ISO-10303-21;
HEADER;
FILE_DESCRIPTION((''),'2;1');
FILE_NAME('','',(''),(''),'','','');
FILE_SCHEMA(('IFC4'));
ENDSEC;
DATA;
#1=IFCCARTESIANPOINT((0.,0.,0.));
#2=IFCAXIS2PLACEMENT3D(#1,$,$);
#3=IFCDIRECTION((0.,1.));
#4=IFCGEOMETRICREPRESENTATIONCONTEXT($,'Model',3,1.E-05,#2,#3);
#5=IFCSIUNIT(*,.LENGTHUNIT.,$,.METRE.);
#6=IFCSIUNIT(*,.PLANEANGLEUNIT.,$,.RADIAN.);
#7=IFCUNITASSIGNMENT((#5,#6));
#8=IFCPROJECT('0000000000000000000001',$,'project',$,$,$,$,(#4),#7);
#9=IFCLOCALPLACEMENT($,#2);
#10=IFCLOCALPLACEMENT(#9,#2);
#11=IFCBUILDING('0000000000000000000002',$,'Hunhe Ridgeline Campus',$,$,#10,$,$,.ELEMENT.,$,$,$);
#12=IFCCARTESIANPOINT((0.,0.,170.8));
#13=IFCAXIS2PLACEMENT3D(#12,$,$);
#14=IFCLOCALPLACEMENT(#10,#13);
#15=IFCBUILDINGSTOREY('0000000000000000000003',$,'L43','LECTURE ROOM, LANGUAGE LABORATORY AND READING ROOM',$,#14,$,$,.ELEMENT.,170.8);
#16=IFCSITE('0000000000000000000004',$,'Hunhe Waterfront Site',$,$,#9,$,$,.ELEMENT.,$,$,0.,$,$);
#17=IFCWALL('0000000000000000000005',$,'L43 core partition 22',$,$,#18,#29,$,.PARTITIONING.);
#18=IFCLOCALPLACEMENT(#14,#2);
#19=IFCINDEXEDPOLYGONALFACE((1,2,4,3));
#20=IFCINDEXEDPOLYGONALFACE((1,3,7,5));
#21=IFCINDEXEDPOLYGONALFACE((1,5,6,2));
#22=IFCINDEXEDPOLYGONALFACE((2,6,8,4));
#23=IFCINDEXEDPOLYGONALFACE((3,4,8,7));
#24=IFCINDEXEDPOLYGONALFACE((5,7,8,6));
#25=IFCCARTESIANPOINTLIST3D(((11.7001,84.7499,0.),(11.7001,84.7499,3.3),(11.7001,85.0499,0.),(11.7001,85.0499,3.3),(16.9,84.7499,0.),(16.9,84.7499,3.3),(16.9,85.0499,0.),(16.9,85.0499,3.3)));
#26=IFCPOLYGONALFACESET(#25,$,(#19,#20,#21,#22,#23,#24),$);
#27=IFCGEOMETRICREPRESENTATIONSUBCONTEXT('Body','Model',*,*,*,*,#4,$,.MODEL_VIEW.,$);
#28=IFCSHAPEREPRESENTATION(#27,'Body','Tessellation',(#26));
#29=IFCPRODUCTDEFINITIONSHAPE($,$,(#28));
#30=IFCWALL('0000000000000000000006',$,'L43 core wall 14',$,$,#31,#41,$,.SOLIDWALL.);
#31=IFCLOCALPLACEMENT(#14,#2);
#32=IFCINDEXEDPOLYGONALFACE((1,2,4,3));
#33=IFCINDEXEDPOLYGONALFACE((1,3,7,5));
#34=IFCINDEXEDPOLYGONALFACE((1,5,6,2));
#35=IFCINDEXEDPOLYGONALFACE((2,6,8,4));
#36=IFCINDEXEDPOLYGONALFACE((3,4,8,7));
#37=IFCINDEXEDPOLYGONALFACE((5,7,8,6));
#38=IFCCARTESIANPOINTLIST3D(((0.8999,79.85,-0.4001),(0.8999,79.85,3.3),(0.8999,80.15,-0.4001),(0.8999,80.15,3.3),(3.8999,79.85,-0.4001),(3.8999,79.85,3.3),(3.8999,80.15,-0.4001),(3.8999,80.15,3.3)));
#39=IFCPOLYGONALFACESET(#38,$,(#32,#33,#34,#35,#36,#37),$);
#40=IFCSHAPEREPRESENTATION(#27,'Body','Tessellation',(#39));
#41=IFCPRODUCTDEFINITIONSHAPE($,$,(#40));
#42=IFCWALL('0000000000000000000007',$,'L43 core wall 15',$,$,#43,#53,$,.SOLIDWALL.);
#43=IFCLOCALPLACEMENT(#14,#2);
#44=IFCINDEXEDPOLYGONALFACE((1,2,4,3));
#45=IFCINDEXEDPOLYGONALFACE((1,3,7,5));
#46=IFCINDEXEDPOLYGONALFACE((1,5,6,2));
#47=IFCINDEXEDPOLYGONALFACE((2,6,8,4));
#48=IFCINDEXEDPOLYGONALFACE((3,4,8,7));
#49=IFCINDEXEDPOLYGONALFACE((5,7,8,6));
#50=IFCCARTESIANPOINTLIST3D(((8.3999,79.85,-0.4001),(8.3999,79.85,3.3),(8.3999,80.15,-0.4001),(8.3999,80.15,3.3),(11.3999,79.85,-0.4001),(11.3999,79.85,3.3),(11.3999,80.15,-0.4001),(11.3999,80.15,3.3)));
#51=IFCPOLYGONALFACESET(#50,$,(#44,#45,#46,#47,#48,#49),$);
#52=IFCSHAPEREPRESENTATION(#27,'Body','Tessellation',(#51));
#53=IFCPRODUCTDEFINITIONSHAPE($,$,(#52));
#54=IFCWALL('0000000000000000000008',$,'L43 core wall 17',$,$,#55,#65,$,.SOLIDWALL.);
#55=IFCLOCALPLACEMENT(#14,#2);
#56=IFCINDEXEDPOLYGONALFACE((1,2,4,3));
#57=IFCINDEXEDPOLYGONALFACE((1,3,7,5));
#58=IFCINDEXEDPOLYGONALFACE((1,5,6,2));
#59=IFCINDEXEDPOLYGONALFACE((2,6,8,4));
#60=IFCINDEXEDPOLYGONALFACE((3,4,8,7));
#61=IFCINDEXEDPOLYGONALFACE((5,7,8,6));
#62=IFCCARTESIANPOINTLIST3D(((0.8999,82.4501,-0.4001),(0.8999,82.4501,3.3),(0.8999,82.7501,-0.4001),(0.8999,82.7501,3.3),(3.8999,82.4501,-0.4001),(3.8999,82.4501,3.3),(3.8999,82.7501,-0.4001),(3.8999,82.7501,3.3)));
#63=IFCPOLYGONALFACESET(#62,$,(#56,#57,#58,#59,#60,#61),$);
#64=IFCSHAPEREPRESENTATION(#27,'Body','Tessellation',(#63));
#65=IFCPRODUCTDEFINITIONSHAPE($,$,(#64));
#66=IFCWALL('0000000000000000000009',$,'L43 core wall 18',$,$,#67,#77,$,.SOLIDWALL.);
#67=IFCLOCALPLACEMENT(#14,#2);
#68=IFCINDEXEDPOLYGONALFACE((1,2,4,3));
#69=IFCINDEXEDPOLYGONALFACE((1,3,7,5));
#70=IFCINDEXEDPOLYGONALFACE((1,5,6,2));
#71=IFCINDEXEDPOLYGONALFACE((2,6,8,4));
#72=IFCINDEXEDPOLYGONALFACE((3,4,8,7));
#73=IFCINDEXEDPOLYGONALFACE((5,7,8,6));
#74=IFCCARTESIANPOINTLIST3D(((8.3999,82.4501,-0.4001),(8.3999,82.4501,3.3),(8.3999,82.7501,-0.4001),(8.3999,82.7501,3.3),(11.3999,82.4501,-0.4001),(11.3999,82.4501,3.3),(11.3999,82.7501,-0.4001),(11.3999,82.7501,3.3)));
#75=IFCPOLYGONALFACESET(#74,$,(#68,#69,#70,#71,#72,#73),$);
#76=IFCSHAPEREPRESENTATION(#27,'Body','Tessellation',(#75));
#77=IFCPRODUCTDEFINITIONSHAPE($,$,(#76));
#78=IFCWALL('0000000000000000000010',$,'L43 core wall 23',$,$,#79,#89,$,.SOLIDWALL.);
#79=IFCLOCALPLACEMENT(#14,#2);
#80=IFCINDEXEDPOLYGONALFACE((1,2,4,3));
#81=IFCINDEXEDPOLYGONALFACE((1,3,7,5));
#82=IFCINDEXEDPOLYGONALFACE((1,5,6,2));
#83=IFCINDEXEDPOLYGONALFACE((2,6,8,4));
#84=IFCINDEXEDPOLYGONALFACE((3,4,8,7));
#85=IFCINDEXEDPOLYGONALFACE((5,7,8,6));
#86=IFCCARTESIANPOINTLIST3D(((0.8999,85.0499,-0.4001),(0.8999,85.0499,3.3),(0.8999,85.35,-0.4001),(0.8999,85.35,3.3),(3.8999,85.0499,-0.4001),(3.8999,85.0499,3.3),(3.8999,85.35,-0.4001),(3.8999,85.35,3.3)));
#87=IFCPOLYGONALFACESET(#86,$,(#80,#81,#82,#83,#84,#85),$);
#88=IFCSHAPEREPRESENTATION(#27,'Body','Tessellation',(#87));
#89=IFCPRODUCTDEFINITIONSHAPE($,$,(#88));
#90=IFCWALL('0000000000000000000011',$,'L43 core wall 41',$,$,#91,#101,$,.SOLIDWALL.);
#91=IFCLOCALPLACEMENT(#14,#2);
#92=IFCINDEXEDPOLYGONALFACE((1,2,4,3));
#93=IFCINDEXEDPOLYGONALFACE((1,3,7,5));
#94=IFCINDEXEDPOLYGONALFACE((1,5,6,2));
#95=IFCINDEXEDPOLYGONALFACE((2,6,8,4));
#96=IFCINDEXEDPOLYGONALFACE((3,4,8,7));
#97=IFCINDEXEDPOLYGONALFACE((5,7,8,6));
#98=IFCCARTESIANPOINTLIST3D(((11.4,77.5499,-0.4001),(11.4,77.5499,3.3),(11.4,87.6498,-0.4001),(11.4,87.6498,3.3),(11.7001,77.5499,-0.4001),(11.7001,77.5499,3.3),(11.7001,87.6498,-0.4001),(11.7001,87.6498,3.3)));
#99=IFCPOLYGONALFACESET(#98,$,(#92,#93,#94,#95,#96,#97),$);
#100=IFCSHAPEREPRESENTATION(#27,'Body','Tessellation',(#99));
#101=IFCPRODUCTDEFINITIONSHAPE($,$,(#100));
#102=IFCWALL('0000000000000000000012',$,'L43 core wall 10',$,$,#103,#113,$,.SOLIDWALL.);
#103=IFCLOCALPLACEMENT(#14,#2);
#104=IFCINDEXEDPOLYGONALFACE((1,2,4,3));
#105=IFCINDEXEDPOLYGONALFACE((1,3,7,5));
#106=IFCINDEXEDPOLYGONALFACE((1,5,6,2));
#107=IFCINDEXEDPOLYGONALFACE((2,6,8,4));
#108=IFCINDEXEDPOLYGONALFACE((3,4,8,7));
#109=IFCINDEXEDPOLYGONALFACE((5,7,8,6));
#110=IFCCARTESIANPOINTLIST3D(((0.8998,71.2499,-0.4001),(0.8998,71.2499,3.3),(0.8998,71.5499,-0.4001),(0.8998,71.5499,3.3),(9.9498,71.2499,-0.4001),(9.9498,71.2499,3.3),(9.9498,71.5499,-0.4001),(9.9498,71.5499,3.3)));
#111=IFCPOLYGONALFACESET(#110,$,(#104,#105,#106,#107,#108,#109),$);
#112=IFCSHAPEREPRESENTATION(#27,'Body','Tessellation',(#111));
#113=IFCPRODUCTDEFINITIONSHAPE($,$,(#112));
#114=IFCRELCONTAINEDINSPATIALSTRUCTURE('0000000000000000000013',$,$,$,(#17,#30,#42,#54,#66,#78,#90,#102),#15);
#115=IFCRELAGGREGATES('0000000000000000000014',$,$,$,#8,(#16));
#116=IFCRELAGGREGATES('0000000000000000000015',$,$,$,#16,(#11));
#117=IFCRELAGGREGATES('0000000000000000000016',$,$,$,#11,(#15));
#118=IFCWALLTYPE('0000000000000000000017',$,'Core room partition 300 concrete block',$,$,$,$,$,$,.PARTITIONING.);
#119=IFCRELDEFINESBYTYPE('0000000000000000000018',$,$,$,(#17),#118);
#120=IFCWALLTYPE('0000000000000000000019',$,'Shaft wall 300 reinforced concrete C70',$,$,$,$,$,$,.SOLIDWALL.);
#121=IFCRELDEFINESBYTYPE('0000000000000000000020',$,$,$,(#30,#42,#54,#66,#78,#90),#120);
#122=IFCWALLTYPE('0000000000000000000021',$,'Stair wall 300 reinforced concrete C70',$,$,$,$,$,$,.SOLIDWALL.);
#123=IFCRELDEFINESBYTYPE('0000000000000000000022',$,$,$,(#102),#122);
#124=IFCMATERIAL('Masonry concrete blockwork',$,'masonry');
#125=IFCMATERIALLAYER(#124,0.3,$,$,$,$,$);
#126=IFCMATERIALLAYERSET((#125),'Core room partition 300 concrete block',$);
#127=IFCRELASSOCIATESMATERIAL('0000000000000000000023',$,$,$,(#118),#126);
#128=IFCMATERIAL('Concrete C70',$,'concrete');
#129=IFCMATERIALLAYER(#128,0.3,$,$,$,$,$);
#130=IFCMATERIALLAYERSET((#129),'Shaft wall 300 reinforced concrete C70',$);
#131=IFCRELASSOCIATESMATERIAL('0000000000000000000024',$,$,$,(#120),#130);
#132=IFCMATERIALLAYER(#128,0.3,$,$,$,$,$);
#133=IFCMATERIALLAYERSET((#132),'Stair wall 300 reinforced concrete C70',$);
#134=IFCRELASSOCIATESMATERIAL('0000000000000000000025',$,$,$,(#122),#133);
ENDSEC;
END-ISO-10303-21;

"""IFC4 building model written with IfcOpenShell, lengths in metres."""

from ifc_helpers import new_model, si_unit, direction, frame, frame_2d, origin, place, context, subcontext, project, spatial, rectangle, extrude, material, layer, layer_set, type_object, element, save


model = new_model("IFC4")

# Units and contexts
model_context = context("Model", 3, precision=1e-05, world=origin(), true_north=direction((0.0, 1.0)))
body_context = subcontext(model_context, "Body", "Model", "MODEL_VIEW")
ifc_project = project(units=[si_unit("LENGTHUNIT", "METRE"), si_unit("PLANEANGLEUNIT", "RADIAN")], contexts=[model_context])

# Site, building, storey
site_placement = place(None, origin())
site = spatial("IfcSite", under=ifc_project, at=site_placement, Name="Hunhe Waterfront Site", CompositionType="ELEMENT", RefElevation=0.0)
building_placement = place(site_placement, origin())
building = spatial("IfcBuilding", under=site, at=building_placement, Name="Hunhe Ridgeline Campus", CompositionType="ELEMENT")
storey_placement = place(building_placement, frame((0.0, 0.0, 170.8)))
storey = spatial("IfcBuildingStorey", under=building, at=storey_placement, Name="L43", Description="LECTURE ROOM, LANGUAGE LABORATORY AND READING ROOM", CompositionType="ELEMENT", Elevation=170.8)

# Shared definitions
ifc_material_1 = material(Name="Masonry concrete blockwork", Category="masonry")
ifc_layer_1 = layer(ifc_material_1, 0.3)
ifc_layer_set_1 = layer_set([ifc_layer_1], Name="Core room partition 300 concrete block")
wall_type_1 = type_object("IfcWallType", Name="Core room partition 300 concrete block", PredefinedType="PARTITIONING", material=ifc_layer_set_1)

# Wall
wall_1_placement = place(storey_placement, frame((11.7, 84.8999, 0.0), z_axis=(0.0, 0.0, 1.0), x_axis=(1.0, 0.0, 0.0)))
element("IfcWall", 1, at=wall_1_placement, inside=storey, type_object=wall_type_1, Name="L43 core partition 22", PredefinedType="PARTITIONING", context=body_context, shape_type="SweptSolid", body=[
    extrude(rectangle(XDim=5.2, YDim=0.3, at=frame_2d((2.6001, 0.0))), origin(), (0.0, 0.0, 1.0), 3.3),
])

# Shared definitions
ifc_material_2 = material(Name="Concrete C70", Category="concrete")
ifc_layer_2 = layer(ifc_material_2, 0.3)
ifc_layer_set_2 = layer_set([ifc_layer_2], Name="Shaft wall 300 reinforced concrete C70")
wall_type_2 = type_object("IfcWallType", Name="Shaft wall 300 reinforced concrete C70", PredefinedType="SOLIDWALL", material=ifc_layer_set_2)

# Walls
for number, where, z_axis, x_axis, name in (
    (2, (0.8999, 80.0, -0.4001), (0.0, 0.0, 1.0), (1.0, 0.0, 0.0), "L43 core wall 14"),
    (3, (8.3999, 80.0, -0.4001), (0.0, 0.0, 1.0), (1.0, 0.0, 0.0), "L43 core wall 15"),
    (4, (0.8999, 82.6001, -0.4001), (0.0, 0.0, 1.0), (1.0, 0.0, 0.0), "L43 core wall 17"),
    (5, (8.3999, 82.6001, -0.4001), (0.0, 0.0, 1.0), (1.0, 0.0, 0.0), "L43 core wall 18"),
    (6, (0.8999, 85.2, -0.4001), (0.0, 0.0, 1.0), (1.0, 0.0, 0.0), "L43 core wall 23"),
):
    element("IfcWall", number, at=place(storey_placement, frame(where, z_axis=z_axis, x_axis=x_axis)), inside=storey, type_object=wall_type_2, Name=name, PredefinedType="SOLIDWALL", context=body_context, shape_type="SweptSolid", body=[
        extrude(rectangle(XDim=3.0, YDim=0.3, at=frame_2d((1.5, 0.0))), origin(), (0.0, 0.0, 1.0), 3.7002),
    ])

# Walls
wall_2_placement = place(storey_placement, frame((11.55, 77.55, -0.4001), z_axis=(0.0, 0.0, 1.0), x_axis=(0.0, 1.0, 0.0)))
element("IfcWall", 7, at=wall_2_placement, inside=storey, type_object=wall_type_2, Name="L43 core wall 41", PredefinedType="SOLIDWALL", context=body_context, shape_type="SweptSolid", body=[
    extrude(rectangle(XDim=10.0999, YDim=0.3, at=frame_2d((5.0498, 0.0))), origin(), (0.0, 0.0, 1.0), 3.7002),
])
ifc_layer_3 = layer(ifc_material_2, 0.3)
ifc_layer_set_3 = layer_set([ifc_layer_3], Name="Stair wall 300 reinforced concrete C70")
wall_type_3 = type_object("IfcWallType", Name="Stair wall 300 reinforced concrete C70", PredefinedType="SOLIDWALL", material=ifc_layer_set_3)
wall_3_placement = place(storey_placement, frame((0.8999, 71.3999, -0.4001), z_axis=(0.0, 0.0, 1.0), x_axis=(1.0, 0.0, 0.0)))
element("IfcWall", 8, at=wall_3_placement, inside=storey, type_object=wall_type_3, Name="L43 core wall 10", PredefinedType="SOLIDWALL", context=body_context, shape_type="SweptSolid", body=[
    extrude(rectangle(XDim=9.05, YDim=0.3, at=frame_2d((4.5249, 0.0))), origin(), (0.0, 0.0, 1.0), 3.7002),
])

save(model, "model.ifc")
